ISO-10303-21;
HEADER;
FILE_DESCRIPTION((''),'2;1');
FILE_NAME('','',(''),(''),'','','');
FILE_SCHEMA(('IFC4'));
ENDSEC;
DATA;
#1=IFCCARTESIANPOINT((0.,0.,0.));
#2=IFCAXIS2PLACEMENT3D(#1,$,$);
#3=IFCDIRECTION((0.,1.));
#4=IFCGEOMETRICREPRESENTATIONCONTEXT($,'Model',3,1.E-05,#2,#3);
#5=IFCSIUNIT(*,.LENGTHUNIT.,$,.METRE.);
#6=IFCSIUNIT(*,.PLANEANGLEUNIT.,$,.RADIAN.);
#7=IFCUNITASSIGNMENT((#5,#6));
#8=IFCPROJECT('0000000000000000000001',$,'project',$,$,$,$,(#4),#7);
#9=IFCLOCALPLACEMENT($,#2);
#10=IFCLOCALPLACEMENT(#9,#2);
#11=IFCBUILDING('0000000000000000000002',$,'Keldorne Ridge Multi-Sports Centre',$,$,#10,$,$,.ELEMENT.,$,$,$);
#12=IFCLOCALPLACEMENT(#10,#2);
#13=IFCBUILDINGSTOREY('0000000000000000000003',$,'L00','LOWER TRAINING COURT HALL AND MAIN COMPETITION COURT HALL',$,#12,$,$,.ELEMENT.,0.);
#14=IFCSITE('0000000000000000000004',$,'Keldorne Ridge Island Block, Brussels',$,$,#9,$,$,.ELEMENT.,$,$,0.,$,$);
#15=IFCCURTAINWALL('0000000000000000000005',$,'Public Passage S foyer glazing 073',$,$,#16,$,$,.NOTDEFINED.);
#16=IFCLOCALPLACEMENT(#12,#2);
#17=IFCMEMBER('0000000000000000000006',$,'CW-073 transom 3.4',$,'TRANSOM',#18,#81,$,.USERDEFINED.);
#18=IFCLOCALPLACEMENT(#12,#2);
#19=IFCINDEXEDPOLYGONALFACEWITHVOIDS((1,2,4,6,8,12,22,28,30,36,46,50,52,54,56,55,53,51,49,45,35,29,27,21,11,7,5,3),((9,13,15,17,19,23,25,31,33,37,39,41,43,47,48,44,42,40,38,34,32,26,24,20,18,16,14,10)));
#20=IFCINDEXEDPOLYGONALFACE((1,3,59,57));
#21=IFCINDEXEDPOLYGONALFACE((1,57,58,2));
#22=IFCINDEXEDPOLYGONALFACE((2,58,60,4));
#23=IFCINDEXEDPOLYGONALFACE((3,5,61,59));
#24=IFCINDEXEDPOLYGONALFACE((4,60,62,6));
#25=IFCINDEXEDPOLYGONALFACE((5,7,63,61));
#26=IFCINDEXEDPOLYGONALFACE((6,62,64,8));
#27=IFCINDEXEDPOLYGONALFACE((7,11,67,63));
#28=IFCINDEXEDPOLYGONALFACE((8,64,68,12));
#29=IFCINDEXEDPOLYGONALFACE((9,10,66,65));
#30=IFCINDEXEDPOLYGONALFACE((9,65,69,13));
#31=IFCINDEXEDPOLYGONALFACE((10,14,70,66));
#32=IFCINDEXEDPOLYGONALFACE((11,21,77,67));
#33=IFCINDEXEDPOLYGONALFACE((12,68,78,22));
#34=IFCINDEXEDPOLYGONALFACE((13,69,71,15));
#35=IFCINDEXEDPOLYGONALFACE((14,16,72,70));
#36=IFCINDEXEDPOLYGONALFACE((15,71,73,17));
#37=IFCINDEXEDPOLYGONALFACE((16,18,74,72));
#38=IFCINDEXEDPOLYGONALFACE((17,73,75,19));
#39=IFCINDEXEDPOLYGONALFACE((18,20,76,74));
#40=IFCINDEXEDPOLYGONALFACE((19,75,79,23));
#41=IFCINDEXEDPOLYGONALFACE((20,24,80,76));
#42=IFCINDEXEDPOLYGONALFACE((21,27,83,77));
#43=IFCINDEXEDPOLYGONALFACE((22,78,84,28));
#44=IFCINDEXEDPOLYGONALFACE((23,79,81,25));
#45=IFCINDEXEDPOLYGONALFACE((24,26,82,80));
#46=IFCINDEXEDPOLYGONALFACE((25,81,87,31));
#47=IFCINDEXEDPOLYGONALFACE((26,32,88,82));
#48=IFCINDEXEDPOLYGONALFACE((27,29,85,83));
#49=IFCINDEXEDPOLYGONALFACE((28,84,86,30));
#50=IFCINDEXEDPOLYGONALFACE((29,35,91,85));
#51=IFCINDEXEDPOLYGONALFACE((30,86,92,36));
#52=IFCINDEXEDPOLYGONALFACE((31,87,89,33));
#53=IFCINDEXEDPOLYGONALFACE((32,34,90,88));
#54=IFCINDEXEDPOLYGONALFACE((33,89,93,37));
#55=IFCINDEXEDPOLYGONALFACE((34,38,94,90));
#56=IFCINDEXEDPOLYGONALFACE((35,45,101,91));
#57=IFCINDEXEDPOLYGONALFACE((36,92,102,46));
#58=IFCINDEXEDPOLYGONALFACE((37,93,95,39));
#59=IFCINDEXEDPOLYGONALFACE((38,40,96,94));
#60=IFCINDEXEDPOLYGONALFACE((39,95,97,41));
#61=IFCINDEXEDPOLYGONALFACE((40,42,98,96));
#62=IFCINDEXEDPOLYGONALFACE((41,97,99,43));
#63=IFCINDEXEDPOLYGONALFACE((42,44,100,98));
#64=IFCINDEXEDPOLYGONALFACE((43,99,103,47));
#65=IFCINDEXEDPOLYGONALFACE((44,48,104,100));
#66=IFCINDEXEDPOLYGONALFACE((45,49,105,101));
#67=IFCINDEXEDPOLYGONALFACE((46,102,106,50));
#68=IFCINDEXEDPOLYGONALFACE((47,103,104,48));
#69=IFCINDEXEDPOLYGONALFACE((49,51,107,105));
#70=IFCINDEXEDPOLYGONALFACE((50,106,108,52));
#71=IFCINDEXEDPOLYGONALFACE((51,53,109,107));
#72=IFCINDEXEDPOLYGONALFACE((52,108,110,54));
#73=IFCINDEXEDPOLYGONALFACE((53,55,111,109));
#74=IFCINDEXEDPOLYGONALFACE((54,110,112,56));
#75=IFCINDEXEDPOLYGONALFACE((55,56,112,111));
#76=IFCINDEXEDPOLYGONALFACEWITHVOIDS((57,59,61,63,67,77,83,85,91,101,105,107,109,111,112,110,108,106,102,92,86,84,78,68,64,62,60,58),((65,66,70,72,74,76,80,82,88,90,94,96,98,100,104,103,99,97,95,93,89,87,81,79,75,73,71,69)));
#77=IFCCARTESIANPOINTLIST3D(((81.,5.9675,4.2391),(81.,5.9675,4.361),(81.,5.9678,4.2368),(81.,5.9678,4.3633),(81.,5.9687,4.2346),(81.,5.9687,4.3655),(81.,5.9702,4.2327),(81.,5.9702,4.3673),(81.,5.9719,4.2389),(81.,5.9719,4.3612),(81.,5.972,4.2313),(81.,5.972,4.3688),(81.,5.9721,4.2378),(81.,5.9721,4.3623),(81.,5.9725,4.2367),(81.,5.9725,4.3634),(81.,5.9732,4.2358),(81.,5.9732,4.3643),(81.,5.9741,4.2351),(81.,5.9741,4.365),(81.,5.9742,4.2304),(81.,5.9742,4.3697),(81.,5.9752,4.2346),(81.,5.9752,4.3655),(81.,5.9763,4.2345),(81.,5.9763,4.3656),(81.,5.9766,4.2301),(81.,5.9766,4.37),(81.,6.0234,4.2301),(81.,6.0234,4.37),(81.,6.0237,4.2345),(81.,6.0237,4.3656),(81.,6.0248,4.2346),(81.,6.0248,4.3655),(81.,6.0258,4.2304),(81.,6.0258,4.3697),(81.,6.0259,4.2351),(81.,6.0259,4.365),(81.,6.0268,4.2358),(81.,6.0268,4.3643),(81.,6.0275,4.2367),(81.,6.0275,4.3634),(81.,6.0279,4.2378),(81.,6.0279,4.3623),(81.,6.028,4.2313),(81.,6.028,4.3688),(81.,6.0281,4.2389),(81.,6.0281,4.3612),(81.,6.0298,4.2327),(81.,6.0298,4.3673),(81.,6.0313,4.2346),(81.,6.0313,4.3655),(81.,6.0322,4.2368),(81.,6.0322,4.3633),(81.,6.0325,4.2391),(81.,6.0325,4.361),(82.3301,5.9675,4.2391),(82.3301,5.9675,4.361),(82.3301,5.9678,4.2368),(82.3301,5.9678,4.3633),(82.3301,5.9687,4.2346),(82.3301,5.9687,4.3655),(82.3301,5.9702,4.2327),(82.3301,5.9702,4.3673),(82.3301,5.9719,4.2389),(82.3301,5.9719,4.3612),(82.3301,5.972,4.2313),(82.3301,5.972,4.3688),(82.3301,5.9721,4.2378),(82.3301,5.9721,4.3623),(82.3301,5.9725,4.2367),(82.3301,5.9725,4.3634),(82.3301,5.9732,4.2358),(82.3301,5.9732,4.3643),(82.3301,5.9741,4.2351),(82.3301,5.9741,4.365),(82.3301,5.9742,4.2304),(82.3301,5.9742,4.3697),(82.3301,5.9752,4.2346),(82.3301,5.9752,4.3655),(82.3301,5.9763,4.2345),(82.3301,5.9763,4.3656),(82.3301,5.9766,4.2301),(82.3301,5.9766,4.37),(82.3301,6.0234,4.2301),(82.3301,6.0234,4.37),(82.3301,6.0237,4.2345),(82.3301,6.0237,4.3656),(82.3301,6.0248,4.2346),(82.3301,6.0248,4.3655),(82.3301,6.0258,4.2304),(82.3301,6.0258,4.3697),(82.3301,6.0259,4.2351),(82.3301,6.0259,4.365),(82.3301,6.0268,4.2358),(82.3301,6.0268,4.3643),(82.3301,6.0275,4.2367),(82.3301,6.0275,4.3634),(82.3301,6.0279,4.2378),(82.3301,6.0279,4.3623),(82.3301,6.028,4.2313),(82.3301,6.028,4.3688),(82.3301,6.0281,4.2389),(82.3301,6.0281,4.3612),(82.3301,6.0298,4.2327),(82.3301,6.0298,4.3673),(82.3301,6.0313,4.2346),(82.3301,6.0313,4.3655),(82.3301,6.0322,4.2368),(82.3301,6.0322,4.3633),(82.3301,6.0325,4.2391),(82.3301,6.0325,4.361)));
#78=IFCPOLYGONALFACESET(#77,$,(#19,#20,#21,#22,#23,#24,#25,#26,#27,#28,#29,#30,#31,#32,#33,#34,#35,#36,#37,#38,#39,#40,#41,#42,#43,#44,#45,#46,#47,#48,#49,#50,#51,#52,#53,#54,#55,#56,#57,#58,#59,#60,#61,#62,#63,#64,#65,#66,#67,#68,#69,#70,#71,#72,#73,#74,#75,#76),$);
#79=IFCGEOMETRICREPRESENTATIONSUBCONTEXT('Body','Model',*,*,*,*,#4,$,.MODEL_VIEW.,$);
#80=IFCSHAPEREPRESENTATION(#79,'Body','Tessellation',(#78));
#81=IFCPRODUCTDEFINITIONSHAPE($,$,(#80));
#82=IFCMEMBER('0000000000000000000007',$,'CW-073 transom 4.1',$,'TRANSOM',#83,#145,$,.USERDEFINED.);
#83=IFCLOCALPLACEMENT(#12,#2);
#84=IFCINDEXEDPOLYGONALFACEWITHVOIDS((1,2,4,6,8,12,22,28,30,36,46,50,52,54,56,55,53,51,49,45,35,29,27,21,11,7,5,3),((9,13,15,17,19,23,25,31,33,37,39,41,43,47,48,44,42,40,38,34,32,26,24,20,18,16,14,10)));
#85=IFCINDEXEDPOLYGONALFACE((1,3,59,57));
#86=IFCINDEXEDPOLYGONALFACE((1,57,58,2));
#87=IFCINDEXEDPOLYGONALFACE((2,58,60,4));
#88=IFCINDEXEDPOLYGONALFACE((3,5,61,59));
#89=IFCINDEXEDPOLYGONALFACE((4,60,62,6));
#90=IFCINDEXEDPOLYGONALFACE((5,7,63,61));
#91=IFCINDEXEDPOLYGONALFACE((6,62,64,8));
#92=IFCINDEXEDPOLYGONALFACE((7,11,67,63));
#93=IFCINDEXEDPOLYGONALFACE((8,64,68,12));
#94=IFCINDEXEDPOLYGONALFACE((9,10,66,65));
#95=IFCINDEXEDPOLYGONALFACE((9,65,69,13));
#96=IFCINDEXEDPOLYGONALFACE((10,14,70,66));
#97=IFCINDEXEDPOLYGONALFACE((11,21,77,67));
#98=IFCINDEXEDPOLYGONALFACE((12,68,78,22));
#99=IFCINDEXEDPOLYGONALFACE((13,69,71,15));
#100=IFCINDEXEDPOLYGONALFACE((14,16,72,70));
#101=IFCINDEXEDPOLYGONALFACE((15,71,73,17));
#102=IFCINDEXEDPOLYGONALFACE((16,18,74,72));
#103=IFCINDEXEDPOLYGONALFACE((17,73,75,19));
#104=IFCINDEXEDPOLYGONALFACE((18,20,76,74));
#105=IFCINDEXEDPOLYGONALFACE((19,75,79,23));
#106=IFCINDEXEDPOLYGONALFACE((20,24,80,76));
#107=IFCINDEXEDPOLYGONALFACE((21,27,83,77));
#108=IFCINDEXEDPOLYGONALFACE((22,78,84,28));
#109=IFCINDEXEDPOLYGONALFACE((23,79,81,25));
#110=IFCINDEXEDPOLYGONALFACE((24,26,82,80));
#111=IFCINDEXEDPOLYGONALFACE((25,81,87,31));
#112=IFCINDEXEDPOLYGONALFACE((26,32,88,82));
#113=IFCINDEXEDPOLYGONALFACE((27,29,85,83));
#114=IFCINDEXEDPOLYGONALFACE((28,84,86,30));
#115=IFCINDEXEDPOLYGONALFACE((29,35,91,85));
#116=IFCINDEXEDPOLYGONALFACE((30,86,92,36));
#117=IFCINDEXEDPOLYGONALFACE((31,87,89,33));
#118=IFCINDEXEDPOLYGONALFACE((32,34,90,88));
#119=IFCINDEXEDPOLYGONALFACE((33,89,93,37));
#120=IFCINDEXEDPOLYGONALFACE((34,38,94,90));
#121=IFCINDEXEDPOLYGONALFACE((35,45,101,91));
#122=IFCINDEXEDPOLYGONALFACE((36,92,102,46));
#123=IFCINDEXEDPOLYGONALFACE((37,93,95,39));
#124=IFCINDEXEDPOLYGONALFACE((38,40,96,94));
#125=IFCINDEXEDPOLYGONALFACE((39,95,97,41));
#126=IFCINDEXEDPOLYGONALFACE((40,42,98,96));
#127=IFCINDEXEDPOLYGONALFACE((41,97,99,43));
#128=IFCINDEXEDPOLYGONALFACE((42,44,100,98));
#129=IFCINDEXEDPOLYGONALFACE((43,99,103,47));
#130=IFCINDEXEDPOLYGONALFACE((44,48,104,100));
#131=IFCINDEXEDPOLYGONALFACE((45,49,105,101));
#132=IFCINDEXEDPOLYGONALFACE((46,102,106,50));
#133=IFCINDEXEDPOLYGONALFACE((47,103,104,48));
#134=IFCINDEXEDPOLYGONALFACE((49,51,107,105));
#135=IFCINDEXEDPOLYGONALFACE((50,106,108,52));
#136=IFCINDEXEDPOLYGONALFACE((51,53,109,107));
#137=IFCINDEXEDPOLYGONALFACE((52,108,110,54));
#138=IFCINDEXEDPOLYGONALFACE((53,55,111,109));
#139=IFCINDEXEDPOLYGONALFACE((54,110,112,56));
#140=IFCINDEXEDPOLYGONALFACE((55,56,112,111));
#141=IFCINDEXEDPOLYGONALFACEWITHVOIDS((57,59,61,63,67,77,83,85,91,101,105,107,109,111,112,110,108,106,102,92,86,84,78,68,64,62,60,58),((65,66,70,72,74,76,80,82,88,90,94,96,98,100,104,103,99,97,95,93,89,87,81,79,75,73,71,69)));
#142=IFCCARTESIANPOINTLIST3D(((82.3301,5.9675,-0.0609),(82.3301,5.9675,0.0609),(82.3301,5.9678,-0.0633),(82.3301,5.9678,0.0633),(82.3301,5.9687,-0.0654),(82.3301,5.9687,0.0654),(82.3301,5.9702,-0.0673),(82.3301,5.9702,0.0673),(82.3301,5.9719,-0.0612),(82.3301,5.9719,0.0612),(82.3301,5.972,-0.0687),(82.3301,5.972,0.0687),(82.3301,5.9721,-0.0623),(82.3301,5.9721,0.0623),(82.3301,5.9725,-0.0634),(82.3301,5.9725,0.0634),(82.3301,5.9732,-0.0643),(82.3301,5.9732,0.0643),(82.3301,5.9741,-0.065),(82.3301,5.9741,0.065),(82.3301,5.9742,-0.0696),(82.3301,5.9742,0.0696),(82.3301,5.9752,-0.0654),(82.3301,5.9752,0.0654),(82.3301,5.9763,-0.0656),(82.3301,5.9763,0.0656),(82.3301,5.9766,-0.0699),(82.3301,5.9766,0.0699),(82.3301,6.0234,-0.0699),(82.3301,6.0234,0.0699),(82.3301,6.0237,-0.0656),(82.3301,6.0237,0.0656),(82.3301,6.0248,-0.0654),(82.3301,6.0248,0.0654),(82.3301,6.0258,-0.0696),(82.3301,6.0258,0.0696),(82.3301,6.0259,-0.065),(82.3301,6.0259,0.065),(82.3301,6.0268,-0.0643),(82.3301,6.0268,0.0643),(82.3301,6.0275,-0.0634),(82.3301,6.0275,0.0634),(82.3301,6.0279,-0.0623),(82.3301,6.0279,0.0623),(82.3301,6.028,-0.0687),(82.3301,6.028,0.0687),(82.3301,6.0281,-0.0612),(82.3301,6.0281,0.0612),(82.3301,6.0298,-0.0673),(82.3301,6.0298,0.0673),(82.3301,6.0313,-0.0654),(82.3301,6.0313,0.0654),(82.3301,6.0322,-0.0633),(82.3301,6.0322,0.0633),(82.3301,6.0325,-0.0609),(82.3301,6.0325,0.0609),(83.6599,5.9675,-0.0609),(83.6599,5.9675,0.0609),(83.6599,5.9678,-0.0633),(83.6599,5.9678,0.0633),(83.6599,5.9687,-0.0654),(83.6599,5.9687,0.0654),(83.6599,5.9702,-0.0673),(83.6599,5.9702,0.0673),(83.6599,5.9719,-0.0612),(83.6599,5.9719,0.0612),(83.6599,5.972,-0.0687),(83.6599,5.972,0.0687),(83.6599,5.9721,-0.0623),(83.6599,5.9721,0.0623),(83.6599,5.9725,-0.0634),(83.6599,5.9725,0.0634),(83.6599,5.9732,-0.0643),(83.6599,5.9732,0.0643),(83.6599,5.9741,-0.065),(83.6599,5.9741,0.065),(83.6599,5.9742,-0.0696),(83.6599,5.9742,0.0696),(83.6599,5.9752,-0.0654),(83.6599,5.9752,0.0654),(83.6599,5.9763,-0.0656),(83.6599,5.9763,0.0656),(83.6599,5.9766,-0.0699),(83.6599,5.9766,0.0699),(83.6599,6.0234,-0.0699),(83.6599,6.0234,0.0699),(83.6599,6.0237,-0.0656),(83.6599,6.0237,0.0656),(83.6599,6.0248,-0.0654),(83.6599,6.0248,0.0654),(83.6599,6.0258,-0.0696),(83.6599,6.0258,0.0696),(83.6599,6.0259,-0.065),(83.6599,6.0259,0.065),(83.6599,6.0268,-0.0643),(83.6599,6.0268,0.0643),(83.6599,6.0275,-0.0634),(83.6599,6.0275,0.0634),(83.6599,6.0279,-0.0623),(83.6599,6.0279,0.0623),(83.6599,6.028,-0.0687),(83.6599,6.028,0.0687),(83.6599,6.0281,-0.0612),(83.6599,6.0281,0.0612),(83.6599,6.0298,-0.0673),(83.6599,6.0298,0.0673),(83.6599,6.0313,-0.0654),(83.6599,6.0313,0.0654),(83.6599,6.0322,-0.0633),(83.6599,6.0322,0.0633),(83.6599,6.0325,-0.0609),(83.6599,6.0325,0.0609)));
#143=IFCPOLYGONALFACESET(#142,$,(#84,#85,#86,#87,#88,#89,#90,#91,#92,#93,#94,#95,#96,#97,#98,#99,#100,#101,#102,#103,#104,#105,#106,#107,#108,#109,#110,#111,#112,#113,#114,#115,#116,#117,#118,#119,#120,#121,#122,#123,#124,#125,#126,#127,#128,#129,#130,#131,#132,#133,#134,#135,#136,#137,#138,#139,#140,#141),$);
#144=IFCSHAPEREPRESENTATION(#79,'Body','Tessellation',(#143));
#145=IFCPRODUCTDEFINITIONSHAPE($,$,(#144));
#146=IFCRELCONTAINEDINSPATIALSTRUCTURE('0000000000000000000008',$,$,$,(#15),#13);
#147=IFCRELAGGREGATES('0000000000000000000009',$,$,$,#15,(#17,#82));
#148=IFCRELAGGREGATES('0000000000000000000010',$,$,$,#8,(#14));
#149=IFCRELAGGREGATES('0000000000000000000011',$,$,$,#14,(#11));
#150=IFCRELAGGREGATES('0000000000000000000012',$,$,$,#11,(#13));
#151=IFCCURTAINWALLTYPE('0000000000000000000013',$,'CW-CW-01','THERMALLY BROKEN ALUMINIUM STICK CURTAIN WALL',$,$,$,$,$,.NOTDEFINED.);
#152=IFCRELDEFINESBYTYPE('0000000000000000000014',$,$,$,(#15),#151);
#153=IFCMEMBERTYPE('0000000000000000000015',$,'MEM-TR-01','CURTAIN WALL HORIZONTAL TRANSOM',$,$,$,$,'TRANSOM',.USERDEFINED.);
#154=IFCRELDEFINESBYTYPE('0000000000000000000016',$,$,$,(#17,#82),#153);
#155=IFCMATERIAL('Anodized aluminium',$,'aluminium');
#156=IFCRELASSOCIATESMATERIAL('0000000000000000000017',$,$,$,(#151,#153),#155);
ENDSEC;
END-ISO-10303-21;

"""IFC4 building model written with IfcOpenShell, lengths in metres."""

from ifc_helpers import new_model, si_unit, direction, frame, origin, origin_2d, place, context, subcontext, project, spatial, hollow_rectangle, extrude, material, material_profile, profile_set, type_object, element, aggregate, save


model = new_model("IFC4")

# Units and contexts
model_context = context("Model", 3, precision=1e-05, world=origin(), true_north=direction((0.0, 1.0)))
body_context = subcontext(model_context, "Body", "Model", "MODEL_VIEW")
ifc_project = project(units=[si_unit("LENGTHUNIT", "METRE"), si_unit("PLANEANGLEUNIT", "RADIAN")], contexts=[model_context])

# Site, building, storey
site_placement = place(None, origin())
site = spatial("IfcSite", under=ifc_project, at=site_placement, Name="Keldorne Ridge Island Block, Brussels", CompositionType="ELEMENT", RefElevation=0.0)
building_placement = place(site_placement, origin())
building = spatial("IfcBuilding", under=site, at=building_placement, Name="Keldorne Ridge Multi-Sports Centre", CompositionType="ELEMENT")
storey_placement = place(building_placement, origin())
storey = spatial("IfcBuildingStorey", under=building, at=storey_placement, Name="L00", Description="LOWER TRAINING COURT HALL AND MAIN COMPETITION COURT HALL", CompositionType="ELEMENT", Elevation=0.0)

# Curtain wall
ifc_material_1 = material(Name="Anodized aluminium", Category="aluminium")
curtain_wall_type_1 = type_object("IfcCurtainWallType", Name="CW-CW-01", Description="THERMALLY BROKEN ALUMINIUM STICK CURTAIN WALL", PredefinedType="NOTDEFINED", material=ifc_material_1)
curtain_wall_1_placement = place(storey_placement, origin())
curtain_wall_1 = element("IfcCurtainWall", 1, at=curtain_wall_1_placement, inside=storey, type_object=curtain_wall_type_1, Name="Public Passage S foyer glazing 073", PredefinedType="NOTDEFINED")

# Members
ifc_material_profile_1 = material_profile(ifc_material_1, hollow_rectangle(XDim=0.0649, YDim=0.1399, WallThickness=0.0044, InnerFilletRadius=0.0044, OuterFilletRadius=0.009, at=origin_2d()), Name="ALU TRANSOM 140x65x4.5")
ifc_profile_set_1 = profile_set([ifc_material_profile_1], Name="Anodized aluminium")
member_type_1 = type_object("IfcMemberType", Name="MEM-TR-01", Description="CURTAIN WALL HORIZONTAL TRANSOM", ElementType="TRANSOM", PredefinedType="USERDEFINED", material=ifc_profile_set_1)
member_1_placement = place(storey_placement, frame((81.0, 6.0, 4.3), z_axis=(1.0, 0.0, 0.0), x_axis=(0.0, 1.0, 0.0)))
member_1 = element("IfcMember", 2, at=member_1_placement, type_object=member_type_1, Name="CW-073 transom 3.4", ObjectType="TRANSOM", PredefinedType="USERDEFINED", context=body_context, shape_type="SweptSolid", body=[
    extrude(hollow_rectangle(XDim=0.0649, YDim=0.1399, WallThickness=0.0044, InnerFilletRadius=0.0044, OuterFilletRadius=0.009, at=origin_2d()), origin(), (0.0, 0.0, 1.0), 1.3301),
])
member_2_placement = place(storey_placement, frame((82.3301, 6.0, 0.0), z_axis=(1.0, 0.0, 0.0), x_axis=(0.0, 1.0, 0.0)))
member_2 = element("IfcMember", 3, at=member_2_placement, type_object=member_type_1, Name="CW-073 transom 4.1", ObjectType="TRANSOM", PredefinedType="USERDEFINED", context=body_context, shape_type="SweptSolid", body=[
    extrude(hollow_rectangle(XDim=0.0649, YDim=0.1399, WallThickness=0.0044, InnerFilletRadius=0.0044, OuterFilletRadius=0.009, at=origin_2d()), origin(), (0.0, 0.0, 1.0), 1.3298),
])

aggregate(curtain_wall_1, [member_1, member_2])

save(model, "model.ifc")
